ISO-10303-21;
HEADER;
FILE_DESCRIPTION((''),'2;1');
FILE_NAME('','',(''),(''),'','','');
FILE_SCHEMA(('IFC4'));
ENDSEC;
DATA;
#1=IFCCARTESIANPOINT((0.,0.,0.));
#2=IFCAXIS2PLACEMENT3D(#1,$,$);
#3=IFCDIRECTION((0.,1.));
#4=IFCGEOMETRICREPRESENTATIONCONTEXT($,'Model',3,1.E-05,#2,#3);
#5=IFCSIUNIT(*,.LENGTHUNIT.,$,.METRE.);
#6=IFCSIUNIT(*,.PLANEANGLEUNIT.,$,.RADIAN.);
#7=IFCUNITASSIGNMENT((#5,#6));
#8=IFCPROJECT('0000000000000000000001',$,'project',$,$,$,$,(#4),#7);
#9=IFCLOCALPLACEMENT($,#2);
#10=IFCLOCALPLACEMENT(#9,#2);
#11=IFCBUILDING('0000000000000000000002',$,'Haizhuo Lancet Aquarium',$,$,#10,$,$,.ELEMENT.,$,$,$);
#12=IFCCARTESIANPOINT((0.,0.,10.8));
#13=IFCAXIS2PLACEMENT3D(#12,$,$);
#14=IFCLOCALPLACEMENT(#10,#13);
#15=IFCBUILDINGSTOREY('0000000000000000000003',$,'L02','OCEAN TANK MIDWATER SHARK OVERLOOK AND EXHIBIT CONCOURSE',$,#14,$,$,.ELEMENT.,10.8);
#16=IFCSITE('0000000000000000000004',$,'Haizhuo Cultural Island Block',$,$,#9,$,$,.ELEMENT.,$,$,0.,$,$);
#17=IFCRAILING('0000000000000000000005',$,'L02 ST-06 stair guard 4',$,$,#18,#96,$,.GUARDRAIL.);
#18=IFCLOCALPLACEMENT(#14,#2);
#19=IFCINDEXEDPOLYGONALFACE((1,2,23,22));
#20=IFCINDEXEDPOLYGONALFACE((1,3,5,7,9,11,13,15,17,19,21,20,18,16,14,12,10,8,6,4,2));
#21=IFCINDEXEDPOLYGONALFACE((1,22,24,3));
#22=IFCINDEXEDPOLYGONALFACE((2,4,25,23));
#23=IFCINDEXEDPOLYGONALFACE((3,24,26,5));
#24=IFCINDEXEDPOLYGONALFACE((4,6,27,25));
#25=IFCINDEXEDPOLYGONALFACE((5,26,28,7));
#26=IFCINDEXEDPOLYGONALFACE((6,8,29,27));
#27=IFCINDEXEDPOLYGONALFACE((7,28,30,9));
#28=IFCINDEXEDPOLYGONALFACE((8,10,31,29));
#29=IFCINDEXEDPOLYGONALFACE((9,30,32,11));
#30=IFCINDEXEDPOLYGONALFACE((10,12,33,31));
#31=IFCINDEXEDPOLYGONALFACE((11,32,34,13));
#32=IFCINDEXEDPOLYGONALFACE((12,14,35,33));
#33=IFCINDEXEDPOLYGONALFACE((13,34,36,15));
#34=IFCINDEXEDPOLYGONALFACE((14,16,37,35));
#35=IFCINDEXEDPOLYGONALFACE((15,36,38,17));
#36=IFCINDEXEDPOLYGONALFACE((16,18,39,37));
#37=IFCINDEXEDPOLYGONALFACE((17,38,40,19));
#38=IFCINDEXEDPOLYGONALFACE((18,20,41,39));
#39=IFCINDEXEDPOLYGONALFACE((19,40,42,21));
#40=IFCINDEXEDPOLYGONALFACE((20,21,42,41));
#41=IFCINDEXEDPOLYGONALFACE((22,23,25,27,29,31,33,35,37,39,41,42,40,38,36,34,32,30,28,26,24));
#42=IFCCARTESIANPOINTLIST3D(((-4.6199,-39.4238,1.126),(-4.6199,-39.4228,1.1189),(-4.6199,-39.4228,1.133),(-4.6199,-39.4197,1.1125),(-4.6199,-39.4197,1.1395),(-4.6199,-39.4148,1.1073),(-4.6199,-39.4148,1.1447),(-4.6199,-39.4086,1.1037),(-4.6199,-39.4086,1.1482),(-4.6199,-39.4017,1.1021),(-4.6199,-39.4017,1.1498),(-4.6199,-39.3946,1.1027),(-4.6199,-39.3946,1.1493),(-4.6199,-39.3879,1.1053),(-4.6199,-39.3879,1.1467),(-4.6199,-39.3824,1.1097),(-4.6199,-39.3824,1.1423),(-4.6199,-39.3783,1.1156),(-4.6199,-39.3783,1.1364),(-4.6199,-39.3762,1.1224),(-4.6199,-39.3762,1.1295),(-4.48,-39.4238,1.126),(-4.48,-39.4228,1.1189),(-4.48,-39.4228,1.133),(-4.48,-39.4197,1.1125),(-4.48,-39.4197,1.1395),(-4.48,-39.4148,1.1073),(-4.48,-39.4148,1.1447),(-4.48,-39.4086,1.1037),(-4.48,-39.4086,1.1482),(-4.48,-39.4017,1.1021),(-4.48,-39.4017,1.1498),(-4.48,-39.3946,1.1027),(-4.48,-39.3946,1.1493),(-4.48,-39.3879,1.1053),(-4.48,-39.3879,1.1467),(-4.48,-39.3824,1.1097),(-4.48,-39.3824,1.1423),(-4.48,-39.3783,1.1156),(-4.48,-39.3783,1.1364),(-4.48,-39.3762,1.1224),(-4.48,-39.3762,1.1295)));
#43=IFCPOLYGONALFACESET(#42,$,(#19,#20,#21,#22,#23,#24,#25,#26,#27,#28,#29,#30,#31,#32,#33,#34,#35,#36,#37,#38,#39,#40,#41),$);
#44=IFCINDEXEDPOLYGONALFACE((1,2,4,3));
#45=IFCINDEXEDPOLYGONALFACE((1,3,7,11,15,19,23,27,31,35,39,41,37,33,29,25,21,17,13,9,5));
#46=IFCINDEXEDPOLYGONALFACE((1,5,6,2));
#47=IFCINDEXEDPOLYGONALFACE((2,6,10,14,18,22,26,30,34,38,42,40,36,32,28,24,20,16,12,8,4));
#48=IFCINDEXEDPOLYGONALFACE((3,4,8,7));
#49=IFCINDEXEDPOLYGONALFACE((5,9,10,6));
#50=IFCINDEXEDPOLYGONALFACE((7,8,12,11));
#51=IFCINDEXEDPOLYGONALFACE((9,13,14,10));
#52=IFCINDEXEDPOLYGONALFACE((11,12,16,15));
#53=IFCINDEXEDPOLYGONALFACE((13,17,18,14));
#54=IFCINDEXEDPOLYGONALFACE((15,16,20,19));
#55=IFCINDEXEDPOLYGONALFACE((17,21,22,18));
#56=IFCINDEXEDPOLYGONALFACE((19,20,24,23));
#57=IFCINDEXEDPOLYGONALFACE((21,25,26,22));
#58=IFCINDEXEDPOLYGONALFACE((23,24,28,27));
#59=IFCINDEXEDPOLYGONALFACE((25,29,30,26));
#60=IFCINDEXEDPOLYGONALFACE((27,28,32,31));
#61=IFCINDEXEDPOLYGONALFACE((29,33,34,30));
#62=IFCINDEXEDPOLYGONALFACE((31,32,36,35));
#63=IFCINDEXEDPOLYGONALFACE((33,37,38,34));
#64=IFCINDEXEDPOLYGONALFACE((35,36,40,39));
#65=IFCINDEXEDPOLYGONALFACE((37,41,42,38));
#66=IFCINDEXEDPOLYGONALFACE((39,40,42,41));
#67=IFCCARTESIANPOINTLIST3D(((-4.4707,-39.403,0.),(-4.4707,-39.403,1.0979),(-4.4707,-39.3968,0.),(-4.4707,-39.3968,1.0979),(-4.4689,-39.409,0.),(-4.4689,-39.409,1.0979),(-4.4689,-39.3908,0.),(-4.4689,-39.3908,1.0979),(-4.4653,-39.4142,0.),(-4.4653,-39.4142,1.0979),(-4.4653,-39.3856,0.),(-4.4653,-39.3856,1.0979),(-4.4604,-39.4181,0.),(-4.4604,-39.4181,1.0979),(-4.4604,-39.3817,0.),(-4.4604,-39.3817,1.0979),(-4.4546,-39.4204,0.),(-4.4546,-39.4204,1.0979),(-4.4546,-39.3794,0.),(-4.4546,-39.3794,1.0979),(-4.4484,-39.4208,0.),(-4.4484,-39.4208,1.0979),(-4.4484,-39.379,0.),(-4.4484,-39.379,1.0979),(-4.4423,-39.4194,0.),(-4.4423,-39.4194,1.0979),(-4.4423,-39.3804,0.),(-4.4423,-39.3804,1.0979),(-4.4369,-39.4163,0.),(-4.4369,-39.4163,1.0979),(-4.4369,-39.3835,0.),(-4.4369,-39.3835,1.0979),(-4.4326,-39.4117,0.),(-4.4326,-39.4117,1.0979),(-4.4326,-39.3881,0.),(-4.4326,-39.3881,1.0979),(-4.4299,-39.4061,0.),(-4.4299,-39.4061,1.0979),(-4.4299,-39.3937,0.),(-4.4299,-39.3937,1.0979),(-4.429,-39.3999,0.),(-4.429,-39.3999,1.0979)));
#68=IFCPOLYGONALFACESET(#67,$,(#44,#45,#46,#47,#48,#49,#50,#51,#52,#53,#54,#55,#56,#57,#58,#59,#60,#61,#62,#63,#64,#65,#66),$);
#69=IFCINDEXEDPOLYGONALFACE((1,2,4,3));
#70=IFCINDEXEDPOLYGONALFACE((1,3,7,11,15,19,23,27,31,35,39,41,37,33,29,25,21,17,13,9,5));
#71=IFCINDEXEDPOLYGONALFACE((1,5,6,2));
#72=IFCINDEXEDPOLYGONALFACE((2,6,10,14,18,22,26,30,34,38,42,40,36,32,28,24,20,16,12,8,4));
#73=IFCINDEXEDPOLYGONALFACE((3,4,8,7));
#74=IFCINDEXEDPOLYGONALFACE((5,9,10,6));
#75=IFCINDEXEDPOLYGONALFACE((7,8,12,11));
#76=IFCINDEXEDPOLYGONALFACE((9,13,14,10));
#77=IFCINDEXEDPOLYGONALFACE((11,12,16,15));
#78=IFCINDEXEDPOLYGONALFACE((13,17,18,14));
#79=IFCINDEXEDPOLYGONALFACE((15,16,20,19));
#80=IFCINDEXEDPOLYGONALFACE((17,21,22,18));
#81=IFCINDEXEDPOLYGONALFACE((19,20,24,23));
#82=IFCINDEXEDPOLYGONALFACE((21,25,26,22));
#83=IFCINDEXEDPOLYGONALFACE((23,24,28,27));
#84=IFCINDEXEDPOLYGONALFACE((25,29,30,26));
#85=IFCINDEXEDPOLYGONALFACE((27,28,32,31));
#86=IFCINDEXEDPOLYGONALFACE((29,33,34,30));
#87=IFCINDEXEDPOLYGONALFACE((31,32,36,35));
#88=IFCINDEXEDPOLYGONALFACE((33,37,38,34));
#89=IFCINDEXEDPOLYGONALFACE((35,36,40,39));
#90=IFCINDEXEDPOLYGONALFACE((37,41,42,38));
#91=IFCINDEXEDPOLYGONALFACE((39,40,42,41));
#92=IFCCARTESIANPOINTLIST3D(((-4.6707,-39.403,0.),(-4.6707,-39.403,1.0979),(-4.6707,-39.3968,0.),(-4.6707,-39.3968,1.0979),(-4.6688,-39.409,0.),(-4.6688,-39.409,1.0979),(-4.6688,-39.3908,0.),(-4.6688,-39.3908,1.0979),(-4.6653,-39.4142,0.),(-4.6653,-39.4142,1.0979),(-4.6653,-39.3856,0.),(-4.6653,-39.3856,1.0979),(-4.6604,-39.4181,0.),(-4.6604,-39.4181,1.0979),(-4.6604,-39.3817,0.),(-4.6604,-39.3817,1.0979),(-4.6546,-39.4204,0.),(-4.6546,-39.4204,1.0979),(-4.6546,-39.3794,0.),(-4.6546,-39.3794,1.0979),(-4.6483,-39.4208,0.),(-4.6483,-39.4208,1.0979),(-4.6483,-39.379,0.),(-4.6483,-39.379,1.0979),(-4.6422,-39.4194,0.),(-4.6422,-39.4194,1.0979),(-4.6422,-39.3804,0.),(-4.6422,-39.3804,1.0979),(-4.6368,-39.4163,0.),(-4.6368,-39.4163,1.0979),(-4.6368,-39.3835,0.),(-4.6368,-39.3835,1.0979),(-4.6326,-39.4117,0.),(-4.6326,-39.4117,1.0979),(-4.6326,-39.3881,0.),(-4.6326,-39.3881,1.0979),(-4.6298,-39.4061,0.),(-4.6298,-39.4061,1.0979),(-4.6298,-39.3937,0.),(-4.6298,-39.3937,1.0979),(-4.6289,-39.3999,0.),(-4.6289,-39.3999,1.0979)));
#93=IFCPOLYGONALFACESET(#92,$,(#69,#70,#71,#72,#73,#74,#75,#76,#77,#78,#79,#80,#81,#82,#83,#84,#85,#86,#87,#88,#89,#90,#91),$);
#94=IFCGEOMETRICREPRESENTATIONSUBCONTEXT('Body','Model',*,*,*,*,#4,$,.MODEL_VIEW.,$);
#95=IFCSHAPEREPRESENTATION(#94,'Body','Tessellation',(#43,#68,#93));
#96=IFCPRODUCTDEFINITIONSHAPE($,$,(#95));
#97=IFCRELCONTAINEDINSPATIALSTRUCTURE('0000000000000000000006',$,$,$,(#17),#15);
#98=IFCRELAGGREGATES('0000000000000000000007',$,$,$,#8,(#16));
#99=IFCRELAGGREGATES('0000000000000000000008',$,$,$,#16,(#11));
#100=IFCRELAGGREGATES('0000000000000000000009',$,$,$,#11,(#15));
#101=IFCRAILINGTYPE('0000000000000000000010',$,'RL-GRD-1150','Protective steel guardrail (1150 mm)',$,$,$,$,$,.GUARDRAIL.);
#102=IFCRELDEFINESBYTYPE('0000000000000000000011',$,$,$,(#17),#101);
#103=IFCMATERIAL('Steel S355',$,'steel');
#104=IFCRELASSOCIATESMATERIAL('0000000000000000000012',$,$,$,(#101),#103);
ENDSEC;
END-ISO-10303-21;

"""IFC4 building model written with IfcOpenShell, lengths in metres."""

from ifc_helpers import new_model, si_unit, direction, frame, origin, origin_2d, place, context, subcontext, project, spatial, circle, extrude, material, type_object, element, save


model = new_model("IFC4")

# Units and contexts
model_context = context("Model", 3, precision=1e-05, world=origin(), true_north=direction((0.0, 1.0)))
body_context = subcontext(model_context, "Body", "Model", "MODEL_VIEW")
ifc_project = project(units=[si_unit("LENGTHUNIT", "METRE"), si_unit("PLANEANGLEUNIT", "RADIAN")], contexts=[model_context])

# Site, building, storey
site_placement = place(None, origin())
site = spatial("IfcSite", under=ifc_project, at=site_placement, Name="Haizhuo Cultural Island Block", CompositionType="ELEMENT", RefElevation=0.0)
building_placement = place(site_placement, origin())
building = spatial("IfcBuilding", under=site, at=building_placement, Name="Haizhuo Lancet Aquarium", CompositionType="ELEMENT")
storey_placement = place(building_placement, frame((0.0, 0.0, 10.8)))
storey = spatial("IfcBuildingStorey", under=building, at=storey_placement, Name="L02", Description="OCEAN TANK MIDWATER SHARK OVERLOOK AND EXHIBIT CONCOURSE", CompositionType="ELEMENT", Elevation=10.8)

# Shared definitions
ifc_material_1 = material(Name="Steel S355", Category="steel")

# Railing
railing_type_1 = type_object("IfcRailingType", Name="RL-GRD-1150", Description="Protective steel guardrail (1150 mm)", PredefinedType="GUARDRAIL", material=ifc_material_1)
railing_1_placement = place(storey_placement, frame((-4.45, -39.3999, 0.0)))
element("IfcRailing", 1, at=railing_1_placement, inside=storey, type_object=railing_type_1, Name="L02 ST-06 stair guard 4", PredefinedType="GUARDRAIL", context=body_context, shape_type="SweptSolid", body=[
    extrude(circle(Radius=0.0239, at=origin_2d()), frame((-0.03, 0.0, 1.126), z_axis=(-1.0, 0.0, 0.0), x_axis=(0.0, -1.0, 0.0)), (0.0, 0.0, 1.0), 0.1399),
    extrude(circle(Radius=0.021, at=origin_2d()), origin(), (0.0, 0.0, 1.0), 1.0979),
    extrude(circle(Radius=0.021, at=origin_2d()), frame((-0.2, 0.0, 0.0)), (0.0, 0.0, 1.0), 1.0979),
])

save(model, "model.ifc")
